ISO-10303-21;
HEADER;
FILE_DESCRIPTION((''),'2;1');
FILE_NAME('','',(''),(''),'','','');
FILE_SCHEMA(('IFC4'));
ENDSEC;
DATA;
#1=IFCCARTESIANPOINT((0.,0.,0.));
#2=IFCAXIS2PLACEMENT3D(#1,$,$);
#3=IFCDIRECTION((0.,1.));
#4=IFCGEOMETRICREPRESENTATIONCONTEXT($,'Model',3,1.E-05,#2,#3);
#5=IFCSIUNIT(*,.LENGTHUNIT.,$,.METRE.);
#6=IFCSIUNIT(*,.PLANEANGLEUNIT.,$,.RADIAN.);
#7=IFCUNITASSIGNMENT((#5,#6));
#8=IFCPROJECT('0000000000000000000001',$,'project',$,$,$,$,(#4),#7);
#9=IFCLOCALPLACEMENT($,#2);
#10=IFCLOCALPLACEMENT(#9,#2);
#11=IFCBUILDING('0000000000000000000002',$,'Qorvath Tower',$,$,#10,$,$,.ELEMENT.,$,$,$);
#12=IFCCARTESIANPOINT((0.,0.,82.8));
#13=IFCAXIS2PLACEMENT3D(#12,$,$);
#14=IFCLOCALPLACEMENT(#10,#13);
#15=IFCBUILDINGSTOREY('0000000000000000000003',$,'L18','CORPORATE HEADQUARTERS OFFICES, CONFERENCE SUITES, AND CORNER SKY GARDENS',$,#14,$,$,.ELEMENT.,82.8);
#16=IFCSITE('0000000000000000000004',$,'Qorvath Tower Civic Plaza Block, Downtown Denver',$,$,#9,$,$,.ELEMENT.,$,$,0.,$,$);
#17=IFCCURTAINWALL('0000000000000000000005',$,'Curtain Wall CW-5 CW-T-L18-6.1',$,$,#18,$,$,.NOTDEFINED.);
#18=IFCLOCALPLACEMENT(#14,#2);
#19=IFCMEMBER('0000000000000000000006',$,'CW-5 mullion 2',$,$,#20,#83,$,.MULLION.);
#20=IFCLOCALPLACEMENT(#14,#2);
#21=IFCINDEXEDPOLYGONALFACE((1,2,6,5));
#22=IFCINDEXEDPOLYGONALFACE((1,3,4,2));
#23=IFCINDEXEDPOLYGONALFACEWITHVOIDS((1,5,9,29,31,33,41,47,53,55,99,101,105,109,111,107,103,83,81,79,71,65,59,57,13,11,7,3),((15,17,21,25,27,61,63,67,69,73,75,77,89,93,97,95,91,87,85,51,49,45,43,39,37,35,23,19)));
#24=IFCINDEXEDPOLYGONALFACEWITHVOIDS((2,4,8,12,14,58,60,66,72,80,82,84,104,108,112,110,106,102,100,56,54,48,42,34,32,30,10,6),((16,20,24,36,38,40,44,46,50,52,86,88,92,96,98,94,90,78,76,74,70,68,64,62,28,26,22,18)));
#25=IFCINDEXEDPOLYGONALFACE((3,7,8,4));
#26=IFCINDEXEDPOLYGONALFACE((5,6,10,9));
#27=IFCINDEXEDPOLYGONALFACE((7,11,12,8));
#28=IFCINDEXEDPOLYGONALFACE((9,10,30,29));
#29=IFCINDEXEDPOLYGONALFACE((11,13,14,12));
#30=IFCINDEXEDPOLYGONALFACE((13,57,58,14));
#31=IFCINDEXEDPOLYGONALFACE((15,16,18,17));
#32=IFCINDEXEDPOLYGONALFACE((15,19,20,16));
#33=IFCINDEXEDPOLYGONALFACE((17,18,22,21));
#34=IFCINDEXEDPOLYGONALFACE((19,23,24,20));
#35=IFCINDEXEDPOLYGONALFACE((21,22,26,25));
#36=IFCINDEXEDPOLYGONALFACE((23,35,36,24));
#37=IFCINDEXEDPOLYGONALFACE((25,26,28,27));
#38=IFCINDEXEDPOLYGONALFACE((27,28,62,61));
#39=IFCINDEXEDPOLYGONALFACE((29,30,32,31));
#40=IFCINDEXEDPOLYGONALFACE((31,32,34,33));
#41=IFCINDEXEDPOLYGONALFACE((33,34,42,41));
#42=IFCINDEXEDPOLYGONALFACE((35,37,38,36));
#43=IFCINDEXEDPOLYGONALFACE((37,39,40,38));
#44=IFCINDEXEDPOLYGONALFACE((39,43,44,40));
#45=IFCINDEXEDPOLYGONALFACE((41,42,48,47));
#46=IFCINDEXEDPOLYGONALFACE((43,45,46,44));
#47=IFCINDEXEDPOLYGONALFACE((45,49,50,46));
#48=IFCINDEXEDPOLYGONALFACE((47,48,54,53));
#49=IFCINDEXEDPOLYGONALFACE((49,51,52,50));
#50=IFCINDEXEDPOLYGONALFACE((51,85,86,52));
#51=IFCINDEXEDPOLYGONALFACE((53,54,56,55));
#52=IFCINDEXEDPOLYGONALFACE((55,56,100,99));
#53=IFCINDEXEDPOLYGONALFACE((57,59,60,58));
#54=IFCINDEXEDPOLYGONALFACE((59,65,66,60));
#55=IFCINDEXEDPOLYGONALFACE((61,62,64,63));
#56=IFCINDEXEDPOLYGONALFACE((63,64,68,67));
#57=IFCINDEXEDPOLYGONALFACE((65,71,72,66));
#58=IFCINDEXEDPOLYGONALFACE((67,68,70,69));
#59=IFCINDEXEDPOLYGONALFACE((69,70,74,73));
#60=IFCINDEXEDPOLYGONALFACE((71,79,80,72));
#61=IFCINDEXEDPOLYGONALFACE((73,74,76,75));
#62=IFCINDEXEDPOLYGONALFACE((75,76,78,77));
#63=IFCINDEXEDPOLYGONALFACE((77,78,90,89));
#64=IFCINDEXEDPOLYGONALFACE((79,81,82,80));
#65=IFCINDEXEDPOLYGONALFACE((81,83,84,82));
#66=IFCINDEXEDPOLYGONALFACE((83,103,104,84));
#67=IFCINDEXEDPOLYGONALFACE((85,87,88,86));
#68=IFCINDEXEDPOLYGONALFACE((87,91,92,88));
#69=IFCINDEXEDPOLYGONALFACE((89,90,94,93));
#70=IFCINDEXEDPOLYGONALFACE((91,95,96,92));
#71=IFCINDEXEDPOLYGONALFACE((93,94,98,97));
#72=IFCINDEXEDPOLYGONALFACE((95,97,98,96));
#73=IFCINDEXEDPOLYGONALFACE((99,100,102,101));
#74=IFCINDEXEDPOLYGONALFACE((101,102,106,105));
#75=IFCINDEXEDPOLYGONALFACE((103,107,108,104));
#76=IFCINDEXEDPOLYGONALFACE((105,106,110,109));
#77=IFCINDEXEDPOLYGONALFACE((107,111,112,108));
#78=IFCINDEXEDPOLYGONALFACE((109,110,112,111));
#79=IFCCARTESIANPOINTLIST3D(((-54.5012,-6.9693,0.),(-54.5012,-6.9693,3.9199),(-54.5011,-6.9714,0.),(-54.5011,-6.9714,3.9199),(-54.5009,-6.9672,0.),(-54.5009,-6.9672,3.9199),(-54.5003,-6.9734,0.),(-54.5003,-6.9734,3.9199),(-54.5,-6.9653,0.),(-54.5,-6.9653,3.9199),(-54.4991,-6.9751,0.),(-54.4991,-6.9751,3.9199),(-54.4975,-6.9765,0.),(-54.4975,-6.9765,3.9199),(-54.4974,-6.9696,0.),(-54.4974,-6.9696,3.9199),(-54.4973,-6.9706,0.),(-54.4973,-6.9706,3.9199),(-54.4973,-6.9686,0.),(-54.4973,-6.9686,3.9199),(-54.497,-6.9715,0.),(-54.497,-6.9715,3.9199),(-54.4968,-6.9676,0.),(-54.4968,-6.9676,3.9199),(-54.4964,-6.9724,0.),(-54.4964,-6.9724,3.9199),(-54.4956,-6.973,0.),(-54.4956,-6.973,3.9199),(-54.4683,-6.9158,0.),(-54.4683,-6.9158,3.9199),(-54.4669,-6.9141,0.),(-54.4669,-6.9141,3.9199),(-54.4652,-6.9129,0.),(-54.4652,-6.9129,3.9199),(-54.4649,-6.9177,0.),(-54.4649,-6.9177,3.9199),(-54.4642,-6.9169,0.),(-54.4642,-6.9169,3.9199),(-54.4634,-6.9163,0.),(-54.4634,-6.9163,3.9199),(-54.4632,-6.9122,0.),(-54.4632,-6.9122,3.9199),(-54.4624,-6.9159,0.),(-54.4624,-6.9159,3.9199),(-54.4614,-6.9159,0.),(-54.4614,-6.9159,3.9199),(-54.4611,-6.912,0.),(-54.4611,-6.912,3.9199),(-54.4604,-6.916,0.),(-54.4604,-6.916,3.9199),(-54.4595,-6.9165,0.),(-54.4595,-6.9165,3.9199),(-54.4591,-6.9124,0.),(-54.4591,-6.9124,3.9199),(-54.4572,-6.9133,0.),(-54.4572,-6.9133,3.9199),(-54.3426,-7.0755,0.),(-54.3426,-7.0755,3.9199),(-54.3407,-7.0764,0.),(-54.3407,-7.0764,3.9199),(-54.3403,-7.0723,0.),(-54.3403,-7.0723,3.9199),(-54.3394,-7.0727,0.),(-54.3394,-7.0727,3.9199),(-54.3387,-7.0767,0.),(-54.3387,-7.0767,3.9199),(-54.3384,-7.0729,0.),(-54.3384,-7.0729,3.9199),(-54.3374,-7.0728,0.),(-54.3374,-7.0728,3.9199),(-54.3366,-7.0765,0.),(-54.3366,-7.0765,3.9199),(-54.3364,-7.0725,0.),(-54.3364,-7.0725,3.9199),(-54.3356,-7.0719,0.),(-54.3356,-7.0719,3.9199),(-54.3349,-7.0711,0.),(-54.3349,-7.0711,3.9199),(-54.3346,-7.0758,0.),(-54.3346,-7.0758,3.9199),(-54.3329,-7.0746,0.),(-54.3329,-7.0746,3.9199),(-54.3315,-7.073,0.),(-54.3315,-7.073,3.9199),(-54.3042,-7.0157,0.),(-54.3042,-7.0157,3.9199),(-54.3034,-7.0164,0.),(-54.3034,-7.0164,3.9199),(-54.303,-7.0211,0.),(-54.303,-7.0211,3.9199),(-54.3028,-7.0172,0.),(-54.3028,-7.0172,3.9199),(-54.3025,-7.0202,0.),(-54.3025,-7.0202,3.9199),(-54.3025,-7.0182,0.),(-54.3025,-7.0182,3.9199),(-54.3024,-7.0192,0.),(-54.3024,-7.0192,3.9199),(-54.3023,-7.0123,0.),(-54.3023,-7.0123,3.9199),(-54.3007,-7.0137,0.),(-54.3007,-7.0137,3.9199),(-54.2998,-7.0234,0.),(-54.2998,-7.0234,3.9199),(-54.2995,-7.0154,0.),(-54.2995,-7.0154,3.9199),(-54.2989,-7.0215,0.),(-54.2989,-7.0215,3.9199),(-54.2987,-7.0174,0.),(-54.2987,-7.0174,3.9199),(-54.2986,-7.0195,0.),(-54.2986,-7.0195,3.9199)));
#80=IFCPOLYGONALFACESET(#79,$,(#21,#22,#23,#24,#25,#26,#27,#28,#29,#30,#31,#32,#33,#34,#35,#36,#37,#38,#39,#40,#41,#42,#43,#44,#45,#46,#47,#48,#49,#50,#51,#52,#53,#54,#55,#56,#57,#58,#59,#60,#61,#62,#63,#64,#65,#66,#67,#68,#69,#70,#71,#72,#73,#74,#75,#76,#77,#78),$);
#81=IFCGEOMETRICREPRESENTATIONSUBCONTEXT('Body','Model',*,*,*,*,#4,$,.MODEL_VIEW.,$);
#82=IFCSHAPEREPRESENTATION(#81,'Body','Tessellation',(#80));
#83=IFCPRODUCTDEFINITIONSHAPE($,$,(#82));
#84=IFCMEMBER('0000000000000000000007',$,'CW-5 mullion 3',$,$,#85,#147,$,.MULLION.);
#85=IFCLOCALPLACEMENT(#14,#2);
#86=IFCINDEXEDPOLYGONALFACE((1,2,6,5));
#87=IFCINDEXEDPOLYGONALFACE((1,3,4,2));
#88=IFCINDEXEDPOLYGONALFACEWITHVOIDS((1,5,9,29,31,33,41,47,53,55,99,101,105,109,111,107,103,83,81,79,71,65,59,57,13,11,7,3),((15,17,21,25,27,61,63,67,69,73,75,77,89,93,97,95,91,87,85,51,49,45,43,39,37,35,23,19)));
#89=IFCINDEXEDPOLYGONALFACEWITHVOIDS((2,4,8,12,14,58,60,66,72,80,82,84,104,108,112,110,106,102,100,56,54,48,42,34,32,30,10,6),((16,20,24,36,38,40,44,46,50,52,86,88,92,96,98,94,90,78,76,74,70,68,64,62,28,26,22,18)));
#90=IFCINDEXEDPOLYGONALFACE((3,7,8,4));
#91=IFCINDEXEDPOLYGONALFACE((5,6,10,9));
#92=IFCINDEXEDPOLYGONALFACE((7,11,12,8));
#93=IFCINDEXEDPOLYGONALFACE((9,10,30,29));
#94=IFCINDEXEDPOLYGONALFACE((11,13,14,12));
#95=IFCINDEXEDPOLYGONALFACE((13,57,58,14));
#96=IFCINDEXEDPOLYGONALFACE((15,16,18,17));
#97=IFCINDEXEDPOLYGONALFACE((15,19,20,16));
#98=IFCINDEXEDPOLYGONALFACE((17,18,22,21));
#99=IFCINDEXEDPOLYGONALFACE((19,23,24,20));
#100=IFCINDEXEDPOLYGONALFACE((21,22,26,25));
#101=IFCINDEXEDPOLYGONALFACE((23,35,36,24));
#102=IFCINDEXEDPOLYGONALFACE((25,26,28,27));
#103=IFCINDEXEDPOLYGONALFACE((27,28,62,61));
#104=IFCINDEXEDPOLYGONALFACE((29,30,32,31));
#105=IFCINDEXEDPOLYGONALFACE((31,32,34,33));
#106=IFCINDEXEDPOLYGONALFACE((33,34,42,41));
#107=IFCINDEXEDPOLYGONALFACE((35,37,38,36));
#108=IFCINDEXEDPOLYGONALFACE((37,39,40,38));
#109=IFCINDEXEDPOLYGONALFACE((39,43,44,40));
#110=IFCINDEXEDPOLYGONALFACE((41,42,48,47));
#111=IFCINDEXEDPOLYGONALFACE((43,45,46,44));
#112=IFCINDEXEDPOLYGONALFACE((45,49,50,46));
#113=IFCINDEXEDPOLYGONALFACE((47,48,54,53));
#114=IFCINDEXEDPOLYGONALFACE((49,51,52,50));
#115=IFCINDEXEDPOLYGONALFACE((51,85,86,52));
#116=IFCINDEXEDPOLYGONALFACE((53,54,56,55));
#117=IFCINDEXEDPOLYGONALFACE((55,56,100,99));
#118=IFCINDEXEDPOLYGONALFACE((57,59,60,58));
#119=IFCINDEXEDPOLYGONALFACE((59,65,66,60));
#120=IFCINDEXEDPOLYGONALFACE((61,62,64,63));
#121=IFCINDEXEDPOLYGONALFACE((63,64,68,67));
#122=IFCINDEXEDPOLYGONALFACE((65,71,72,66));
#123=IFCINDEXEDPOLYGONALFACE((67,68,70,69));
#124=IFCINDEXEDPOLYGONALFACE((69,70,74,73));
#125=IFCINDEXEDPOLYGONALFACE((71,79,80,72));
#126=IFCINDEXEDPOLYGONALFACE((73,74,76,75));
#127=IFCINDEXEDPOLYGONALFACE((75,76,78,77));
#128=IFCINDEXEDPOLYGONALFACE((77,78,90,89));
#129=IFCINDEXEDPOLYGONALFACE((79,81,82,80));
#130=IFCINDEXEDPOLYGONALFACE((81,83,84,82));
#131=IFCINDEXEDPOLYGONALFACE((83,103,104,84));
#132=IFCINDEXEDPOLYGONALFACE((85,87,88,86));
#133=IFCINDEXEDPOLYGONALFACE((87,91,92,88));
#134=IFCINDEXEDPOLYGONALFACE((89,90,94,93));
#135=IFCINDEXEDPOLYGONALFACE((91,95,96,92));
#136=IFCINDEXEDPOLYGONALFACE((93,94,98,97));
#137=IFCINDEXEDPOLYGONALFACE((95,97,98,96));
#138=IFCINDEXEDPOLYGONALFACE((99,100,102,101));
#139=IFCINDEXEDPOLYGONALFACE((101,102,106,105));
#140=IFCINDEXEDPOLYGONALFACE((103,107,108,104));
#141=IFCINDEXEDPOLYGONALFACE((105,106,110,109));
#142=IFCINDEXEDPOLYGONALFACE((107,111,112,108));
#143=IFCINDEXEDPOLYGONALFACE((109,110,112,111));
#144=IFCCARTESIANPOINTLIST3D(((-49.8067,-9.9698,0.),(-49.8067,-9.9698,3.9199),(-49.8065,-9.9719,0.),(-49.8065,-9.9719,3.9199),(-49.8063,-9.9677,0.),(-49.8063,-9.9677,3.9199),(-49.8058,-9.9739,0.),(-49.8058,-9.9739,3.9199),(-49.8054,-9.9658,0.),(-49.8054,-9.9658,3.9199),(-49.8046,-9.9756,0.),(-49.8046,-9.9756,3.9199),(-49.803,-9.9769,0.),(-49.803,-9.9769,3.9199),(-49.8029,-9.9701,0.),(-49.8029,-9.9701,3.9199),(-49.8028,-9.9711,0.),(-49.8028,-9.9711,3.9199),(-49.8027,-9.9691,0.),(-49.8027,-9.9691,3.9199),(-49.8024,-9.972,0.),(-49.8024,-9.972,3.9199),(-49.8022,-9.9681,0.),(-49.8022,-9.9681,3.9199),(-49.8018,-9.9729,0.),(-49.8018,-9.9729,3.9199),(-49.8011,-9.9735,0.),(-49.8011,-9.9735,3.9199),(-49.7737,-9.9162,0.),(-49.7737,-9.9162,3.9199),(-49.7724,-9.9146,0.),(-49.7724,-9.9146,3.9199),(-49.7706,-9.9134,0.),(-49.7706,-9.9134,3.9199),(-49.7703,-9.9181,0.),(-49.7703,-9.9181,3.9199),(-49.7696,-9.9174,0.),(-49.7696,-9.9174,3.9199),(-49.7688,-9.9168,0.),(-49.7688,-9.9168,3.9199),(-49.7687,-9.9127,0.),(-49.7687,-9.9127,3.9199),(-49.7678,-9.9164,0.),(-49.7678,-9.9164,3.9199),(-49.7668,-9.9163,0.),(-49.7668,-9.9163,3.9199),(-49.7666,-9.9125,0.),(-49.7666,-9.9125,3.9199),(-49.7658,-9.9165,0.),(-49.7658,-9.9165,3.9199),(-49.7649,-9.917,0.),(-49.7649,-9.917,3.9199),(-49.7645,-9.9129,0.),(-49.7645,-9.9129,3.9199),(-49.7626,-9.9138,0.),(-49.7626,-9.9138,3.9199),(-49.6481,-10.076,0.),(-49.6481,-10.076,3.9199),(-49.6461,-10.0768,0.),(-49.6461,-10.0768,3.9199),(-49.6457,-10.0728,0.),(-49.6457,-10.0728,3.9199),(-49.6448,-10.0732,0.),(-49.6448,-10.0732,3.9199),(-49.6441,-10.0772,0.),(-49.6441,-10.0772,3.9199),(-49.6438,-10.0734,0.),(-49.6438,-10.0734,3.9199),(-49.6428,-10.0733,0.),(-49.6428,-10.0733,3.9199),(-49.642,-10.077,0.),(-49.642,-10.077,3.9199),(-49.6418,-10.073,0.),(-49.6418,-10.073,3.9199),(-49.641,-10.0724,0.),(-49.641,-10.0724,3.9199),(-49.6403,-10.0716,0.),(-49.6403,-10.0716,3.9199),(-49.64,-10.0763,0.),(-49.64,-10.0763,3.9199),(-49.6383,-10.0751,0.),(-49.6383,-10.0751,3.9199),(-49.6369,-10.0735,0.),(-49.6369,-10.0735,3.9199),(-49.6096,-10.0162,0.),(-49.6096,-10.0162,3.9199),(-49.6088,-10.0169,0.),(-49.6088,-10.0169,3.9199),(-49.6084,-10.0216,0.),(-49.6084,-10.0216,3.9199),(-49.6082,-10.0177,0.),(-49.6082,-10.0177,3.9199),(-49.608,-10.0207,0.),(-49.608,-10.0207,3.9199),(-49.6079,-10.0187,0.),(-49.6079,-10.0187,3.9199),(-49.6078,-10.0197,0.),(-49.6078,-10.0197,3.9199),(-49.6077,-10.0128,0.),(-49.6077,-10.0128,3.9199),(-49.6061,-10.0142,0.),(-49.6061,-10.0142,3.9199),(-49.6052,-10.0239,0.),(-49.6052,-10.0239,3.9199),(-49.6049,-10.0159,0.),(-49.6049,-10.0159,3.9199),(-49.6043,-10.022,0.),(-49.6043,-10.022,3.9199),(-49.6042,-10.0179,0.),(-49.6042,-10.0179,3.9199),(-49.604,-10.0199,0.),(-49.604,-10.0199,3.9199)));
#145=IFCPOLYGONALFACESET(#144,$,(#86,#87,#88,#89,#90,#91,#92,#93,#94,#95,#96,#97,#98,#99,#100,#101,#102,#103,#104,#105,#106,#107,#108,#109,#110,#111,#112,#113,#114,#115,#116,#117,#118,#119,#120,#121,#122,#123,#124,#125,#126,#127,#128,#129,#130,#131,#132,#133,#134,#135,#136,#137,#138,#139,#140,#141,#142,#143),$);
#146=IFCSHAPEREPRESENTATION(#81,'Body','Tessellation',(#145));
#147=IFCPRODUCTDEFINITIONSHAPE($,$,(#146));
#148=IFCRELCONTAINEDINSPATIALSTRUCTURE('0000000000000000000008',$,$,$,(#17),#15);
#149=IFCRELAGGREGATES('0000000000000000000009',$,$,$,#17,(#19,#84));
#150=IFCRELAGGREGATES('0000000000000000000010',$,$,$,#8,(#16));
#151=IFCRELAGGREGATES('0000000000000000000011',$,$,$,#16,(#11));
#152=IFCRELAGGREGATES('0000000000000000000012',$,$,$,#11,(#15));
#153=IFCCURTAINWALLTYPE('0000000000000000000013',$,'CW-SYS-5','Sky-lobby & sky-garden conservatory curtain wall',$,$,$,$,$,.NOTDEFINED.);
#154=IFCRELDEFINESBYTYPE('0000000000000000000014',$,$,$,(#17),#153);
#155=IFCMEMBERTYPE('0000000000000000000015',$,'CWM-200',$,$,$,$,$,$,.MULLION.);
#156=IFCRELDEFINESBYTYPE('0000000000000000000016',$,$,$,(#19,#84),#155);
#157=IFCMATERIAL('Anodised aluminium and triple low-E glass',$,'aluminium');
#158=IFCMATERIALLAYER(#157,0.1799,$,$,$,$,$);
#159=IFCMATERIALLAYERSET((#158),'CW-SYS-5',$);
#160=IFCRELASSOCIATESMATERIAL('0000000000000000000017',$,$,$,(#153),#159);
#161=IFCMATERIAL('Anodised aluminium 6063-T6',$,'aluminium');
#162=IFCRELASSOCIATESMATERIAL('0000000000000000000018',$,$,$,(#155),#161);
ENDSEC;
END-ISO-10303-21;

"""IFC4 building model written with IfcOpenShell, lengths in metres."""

from ifc_helpers import new_model, si_unit, direction, frame, origin, origin_2d, place, context, subcontext, project, spatial, hollow_rectangle, extrude, material, layer, layer_set, material_profile, profile_set, type_object, element, aggregate, save


model = new_model("IFC4")

# Units and contexts
model_context = context("Model", 3, precision=1e-05, world=origin(), true_north=direction((0.0, 1.0)))
body_context = subcontext(model_context, "Body", "Model", "MODEL_VIEW")
ifc_project = project(units=[si_unit("LENGTHUNIT", "METRE"), si_unit("PLANEANGLEUNIT", "RADIAN")], contexts=[model_context])

# Site, building, storey
site_placement = place(None, origin())
site = spatial("IfcSite", under=ifc_project, at=site_placement, Name="Qorvath Tower Civic Plaza Block, Downtown Denver", CompositionType="ELEMENT", RefElevation=0.0)
building_placement = place(site_placement, origin())
building = spatial("IfcBuilding", under=site, at=building_placement, Name="Qorvath Tower", CompositionType="ELEMENT")
storey_placement = place(building_placement, frame((0.0, 0.0, 82.8)))
storey = spatial("IfcBuildingStorey", under=building, at=storey_placement, Name="L18", Description="CORPORATE HEADQUARTERS OFFICES, CONFERENCE SUITES, AND CORNER SKY GARDENS", CompositionType="ELEMENT", Elevation=82.8)

# Shared definitions
ifc_material_1 = material(Name="Anodised aluminium and triple low-E glass", Category="aluminium")
ifc_layer_1 = layer(ifc_material_1, 0.1799)
ifc_layer_set_1 = layer_set([ifc_layer_1], Name="CW-SYS-5")
curtain_wall_type = type_object("IfcCurtainWallType", Name="CW-SYS-5", Description="Sky-lobby & sky-garden conservatory curtain wall", PredefinedType="NOTDEFINED", material=ifc_layer_set_1)
ifc_material_2 = material(Name="Anodised aluminium 6063-T6", Category="aluminium")
ifc_material_profile_1 = material_profile(ifc_material_2, hollow_rectangle(XDim=0.075, YDim=0.2, WallThickness=0.0039, InnerFilletRadius=0.0039, OuterFilletRadius=0.0081, at=origin_2d()), Name="CWM 200x75")
ifc_profile_set_1 = profile_set([ifc_material_profile_1], Name="Anodised aluminium 6063-T6")
member_type_1 = type_object("IfcMemberType", Name="CWM-200", PredefinedType="MULLION", material=ifc_profile_set_1)

# Curtain wall, members
curtain_wall_1_placement = place(storey_placement, origin())
curtain_wall_1 = element("IfcCurtainWall", 1, at=curtain_wall_1_placement, inside=storey, type_object=curtain_wall_type, Name="Curtain Wall CW-5 CW-T-L18-6.1", PredefinedType="NOTDEFINED")
member_1_placement = place(storey_placement, frame((-54.3999, -6.9944, 0.0), z_axis=(0.0, 0.0, 1.0), x_axis=(0.538528, 0.842608, 0.0)))
member_1 = element("IfcMember", 2, at=member_1_placement, type_object=member_type_1, Name="CW-5 mullion 2", PredefinedType="MULLION", context=body_context, shape_type="SweptSolid", body=[
    extrude(hollow_rectangle(XDim=0.075, YDim=0.2, WallThickness=0.0039, InnerFilletRadius=0.0039, OuterFilletRadius=0.0081, at=origin_2d()), origin(), (0.0, 0.0, 1.0), 3.9199),
])
member_2_placement = place(storey_placement, frame((-49.7053, -9.9949, 0.0), z_axis=(0.0, 0.0, 1.0), x_axis=(0.538528, 0.842608, 0.0)))
member_2 = element("IfcMember", 3, at=member_2_placement, type_object=member_type_1, Name="CW-5 mullion 3", PredefinedType="MULLION", context=body_context, shape_type="SweptSolid", body=[
    extrude(hollow_rectangle(XDim=0.075, YDim=0.2, WallThickness=0.0039, InnerFilletRadius=0.0039, OuterFilletRadius=0.0081, at=origin_2d()), origin(), (0.0, 0.0, 1.0), 3.9199),
])

aggregate(curtain_wall_1, [member_1, member_2])

save(model, "model.ifc")
